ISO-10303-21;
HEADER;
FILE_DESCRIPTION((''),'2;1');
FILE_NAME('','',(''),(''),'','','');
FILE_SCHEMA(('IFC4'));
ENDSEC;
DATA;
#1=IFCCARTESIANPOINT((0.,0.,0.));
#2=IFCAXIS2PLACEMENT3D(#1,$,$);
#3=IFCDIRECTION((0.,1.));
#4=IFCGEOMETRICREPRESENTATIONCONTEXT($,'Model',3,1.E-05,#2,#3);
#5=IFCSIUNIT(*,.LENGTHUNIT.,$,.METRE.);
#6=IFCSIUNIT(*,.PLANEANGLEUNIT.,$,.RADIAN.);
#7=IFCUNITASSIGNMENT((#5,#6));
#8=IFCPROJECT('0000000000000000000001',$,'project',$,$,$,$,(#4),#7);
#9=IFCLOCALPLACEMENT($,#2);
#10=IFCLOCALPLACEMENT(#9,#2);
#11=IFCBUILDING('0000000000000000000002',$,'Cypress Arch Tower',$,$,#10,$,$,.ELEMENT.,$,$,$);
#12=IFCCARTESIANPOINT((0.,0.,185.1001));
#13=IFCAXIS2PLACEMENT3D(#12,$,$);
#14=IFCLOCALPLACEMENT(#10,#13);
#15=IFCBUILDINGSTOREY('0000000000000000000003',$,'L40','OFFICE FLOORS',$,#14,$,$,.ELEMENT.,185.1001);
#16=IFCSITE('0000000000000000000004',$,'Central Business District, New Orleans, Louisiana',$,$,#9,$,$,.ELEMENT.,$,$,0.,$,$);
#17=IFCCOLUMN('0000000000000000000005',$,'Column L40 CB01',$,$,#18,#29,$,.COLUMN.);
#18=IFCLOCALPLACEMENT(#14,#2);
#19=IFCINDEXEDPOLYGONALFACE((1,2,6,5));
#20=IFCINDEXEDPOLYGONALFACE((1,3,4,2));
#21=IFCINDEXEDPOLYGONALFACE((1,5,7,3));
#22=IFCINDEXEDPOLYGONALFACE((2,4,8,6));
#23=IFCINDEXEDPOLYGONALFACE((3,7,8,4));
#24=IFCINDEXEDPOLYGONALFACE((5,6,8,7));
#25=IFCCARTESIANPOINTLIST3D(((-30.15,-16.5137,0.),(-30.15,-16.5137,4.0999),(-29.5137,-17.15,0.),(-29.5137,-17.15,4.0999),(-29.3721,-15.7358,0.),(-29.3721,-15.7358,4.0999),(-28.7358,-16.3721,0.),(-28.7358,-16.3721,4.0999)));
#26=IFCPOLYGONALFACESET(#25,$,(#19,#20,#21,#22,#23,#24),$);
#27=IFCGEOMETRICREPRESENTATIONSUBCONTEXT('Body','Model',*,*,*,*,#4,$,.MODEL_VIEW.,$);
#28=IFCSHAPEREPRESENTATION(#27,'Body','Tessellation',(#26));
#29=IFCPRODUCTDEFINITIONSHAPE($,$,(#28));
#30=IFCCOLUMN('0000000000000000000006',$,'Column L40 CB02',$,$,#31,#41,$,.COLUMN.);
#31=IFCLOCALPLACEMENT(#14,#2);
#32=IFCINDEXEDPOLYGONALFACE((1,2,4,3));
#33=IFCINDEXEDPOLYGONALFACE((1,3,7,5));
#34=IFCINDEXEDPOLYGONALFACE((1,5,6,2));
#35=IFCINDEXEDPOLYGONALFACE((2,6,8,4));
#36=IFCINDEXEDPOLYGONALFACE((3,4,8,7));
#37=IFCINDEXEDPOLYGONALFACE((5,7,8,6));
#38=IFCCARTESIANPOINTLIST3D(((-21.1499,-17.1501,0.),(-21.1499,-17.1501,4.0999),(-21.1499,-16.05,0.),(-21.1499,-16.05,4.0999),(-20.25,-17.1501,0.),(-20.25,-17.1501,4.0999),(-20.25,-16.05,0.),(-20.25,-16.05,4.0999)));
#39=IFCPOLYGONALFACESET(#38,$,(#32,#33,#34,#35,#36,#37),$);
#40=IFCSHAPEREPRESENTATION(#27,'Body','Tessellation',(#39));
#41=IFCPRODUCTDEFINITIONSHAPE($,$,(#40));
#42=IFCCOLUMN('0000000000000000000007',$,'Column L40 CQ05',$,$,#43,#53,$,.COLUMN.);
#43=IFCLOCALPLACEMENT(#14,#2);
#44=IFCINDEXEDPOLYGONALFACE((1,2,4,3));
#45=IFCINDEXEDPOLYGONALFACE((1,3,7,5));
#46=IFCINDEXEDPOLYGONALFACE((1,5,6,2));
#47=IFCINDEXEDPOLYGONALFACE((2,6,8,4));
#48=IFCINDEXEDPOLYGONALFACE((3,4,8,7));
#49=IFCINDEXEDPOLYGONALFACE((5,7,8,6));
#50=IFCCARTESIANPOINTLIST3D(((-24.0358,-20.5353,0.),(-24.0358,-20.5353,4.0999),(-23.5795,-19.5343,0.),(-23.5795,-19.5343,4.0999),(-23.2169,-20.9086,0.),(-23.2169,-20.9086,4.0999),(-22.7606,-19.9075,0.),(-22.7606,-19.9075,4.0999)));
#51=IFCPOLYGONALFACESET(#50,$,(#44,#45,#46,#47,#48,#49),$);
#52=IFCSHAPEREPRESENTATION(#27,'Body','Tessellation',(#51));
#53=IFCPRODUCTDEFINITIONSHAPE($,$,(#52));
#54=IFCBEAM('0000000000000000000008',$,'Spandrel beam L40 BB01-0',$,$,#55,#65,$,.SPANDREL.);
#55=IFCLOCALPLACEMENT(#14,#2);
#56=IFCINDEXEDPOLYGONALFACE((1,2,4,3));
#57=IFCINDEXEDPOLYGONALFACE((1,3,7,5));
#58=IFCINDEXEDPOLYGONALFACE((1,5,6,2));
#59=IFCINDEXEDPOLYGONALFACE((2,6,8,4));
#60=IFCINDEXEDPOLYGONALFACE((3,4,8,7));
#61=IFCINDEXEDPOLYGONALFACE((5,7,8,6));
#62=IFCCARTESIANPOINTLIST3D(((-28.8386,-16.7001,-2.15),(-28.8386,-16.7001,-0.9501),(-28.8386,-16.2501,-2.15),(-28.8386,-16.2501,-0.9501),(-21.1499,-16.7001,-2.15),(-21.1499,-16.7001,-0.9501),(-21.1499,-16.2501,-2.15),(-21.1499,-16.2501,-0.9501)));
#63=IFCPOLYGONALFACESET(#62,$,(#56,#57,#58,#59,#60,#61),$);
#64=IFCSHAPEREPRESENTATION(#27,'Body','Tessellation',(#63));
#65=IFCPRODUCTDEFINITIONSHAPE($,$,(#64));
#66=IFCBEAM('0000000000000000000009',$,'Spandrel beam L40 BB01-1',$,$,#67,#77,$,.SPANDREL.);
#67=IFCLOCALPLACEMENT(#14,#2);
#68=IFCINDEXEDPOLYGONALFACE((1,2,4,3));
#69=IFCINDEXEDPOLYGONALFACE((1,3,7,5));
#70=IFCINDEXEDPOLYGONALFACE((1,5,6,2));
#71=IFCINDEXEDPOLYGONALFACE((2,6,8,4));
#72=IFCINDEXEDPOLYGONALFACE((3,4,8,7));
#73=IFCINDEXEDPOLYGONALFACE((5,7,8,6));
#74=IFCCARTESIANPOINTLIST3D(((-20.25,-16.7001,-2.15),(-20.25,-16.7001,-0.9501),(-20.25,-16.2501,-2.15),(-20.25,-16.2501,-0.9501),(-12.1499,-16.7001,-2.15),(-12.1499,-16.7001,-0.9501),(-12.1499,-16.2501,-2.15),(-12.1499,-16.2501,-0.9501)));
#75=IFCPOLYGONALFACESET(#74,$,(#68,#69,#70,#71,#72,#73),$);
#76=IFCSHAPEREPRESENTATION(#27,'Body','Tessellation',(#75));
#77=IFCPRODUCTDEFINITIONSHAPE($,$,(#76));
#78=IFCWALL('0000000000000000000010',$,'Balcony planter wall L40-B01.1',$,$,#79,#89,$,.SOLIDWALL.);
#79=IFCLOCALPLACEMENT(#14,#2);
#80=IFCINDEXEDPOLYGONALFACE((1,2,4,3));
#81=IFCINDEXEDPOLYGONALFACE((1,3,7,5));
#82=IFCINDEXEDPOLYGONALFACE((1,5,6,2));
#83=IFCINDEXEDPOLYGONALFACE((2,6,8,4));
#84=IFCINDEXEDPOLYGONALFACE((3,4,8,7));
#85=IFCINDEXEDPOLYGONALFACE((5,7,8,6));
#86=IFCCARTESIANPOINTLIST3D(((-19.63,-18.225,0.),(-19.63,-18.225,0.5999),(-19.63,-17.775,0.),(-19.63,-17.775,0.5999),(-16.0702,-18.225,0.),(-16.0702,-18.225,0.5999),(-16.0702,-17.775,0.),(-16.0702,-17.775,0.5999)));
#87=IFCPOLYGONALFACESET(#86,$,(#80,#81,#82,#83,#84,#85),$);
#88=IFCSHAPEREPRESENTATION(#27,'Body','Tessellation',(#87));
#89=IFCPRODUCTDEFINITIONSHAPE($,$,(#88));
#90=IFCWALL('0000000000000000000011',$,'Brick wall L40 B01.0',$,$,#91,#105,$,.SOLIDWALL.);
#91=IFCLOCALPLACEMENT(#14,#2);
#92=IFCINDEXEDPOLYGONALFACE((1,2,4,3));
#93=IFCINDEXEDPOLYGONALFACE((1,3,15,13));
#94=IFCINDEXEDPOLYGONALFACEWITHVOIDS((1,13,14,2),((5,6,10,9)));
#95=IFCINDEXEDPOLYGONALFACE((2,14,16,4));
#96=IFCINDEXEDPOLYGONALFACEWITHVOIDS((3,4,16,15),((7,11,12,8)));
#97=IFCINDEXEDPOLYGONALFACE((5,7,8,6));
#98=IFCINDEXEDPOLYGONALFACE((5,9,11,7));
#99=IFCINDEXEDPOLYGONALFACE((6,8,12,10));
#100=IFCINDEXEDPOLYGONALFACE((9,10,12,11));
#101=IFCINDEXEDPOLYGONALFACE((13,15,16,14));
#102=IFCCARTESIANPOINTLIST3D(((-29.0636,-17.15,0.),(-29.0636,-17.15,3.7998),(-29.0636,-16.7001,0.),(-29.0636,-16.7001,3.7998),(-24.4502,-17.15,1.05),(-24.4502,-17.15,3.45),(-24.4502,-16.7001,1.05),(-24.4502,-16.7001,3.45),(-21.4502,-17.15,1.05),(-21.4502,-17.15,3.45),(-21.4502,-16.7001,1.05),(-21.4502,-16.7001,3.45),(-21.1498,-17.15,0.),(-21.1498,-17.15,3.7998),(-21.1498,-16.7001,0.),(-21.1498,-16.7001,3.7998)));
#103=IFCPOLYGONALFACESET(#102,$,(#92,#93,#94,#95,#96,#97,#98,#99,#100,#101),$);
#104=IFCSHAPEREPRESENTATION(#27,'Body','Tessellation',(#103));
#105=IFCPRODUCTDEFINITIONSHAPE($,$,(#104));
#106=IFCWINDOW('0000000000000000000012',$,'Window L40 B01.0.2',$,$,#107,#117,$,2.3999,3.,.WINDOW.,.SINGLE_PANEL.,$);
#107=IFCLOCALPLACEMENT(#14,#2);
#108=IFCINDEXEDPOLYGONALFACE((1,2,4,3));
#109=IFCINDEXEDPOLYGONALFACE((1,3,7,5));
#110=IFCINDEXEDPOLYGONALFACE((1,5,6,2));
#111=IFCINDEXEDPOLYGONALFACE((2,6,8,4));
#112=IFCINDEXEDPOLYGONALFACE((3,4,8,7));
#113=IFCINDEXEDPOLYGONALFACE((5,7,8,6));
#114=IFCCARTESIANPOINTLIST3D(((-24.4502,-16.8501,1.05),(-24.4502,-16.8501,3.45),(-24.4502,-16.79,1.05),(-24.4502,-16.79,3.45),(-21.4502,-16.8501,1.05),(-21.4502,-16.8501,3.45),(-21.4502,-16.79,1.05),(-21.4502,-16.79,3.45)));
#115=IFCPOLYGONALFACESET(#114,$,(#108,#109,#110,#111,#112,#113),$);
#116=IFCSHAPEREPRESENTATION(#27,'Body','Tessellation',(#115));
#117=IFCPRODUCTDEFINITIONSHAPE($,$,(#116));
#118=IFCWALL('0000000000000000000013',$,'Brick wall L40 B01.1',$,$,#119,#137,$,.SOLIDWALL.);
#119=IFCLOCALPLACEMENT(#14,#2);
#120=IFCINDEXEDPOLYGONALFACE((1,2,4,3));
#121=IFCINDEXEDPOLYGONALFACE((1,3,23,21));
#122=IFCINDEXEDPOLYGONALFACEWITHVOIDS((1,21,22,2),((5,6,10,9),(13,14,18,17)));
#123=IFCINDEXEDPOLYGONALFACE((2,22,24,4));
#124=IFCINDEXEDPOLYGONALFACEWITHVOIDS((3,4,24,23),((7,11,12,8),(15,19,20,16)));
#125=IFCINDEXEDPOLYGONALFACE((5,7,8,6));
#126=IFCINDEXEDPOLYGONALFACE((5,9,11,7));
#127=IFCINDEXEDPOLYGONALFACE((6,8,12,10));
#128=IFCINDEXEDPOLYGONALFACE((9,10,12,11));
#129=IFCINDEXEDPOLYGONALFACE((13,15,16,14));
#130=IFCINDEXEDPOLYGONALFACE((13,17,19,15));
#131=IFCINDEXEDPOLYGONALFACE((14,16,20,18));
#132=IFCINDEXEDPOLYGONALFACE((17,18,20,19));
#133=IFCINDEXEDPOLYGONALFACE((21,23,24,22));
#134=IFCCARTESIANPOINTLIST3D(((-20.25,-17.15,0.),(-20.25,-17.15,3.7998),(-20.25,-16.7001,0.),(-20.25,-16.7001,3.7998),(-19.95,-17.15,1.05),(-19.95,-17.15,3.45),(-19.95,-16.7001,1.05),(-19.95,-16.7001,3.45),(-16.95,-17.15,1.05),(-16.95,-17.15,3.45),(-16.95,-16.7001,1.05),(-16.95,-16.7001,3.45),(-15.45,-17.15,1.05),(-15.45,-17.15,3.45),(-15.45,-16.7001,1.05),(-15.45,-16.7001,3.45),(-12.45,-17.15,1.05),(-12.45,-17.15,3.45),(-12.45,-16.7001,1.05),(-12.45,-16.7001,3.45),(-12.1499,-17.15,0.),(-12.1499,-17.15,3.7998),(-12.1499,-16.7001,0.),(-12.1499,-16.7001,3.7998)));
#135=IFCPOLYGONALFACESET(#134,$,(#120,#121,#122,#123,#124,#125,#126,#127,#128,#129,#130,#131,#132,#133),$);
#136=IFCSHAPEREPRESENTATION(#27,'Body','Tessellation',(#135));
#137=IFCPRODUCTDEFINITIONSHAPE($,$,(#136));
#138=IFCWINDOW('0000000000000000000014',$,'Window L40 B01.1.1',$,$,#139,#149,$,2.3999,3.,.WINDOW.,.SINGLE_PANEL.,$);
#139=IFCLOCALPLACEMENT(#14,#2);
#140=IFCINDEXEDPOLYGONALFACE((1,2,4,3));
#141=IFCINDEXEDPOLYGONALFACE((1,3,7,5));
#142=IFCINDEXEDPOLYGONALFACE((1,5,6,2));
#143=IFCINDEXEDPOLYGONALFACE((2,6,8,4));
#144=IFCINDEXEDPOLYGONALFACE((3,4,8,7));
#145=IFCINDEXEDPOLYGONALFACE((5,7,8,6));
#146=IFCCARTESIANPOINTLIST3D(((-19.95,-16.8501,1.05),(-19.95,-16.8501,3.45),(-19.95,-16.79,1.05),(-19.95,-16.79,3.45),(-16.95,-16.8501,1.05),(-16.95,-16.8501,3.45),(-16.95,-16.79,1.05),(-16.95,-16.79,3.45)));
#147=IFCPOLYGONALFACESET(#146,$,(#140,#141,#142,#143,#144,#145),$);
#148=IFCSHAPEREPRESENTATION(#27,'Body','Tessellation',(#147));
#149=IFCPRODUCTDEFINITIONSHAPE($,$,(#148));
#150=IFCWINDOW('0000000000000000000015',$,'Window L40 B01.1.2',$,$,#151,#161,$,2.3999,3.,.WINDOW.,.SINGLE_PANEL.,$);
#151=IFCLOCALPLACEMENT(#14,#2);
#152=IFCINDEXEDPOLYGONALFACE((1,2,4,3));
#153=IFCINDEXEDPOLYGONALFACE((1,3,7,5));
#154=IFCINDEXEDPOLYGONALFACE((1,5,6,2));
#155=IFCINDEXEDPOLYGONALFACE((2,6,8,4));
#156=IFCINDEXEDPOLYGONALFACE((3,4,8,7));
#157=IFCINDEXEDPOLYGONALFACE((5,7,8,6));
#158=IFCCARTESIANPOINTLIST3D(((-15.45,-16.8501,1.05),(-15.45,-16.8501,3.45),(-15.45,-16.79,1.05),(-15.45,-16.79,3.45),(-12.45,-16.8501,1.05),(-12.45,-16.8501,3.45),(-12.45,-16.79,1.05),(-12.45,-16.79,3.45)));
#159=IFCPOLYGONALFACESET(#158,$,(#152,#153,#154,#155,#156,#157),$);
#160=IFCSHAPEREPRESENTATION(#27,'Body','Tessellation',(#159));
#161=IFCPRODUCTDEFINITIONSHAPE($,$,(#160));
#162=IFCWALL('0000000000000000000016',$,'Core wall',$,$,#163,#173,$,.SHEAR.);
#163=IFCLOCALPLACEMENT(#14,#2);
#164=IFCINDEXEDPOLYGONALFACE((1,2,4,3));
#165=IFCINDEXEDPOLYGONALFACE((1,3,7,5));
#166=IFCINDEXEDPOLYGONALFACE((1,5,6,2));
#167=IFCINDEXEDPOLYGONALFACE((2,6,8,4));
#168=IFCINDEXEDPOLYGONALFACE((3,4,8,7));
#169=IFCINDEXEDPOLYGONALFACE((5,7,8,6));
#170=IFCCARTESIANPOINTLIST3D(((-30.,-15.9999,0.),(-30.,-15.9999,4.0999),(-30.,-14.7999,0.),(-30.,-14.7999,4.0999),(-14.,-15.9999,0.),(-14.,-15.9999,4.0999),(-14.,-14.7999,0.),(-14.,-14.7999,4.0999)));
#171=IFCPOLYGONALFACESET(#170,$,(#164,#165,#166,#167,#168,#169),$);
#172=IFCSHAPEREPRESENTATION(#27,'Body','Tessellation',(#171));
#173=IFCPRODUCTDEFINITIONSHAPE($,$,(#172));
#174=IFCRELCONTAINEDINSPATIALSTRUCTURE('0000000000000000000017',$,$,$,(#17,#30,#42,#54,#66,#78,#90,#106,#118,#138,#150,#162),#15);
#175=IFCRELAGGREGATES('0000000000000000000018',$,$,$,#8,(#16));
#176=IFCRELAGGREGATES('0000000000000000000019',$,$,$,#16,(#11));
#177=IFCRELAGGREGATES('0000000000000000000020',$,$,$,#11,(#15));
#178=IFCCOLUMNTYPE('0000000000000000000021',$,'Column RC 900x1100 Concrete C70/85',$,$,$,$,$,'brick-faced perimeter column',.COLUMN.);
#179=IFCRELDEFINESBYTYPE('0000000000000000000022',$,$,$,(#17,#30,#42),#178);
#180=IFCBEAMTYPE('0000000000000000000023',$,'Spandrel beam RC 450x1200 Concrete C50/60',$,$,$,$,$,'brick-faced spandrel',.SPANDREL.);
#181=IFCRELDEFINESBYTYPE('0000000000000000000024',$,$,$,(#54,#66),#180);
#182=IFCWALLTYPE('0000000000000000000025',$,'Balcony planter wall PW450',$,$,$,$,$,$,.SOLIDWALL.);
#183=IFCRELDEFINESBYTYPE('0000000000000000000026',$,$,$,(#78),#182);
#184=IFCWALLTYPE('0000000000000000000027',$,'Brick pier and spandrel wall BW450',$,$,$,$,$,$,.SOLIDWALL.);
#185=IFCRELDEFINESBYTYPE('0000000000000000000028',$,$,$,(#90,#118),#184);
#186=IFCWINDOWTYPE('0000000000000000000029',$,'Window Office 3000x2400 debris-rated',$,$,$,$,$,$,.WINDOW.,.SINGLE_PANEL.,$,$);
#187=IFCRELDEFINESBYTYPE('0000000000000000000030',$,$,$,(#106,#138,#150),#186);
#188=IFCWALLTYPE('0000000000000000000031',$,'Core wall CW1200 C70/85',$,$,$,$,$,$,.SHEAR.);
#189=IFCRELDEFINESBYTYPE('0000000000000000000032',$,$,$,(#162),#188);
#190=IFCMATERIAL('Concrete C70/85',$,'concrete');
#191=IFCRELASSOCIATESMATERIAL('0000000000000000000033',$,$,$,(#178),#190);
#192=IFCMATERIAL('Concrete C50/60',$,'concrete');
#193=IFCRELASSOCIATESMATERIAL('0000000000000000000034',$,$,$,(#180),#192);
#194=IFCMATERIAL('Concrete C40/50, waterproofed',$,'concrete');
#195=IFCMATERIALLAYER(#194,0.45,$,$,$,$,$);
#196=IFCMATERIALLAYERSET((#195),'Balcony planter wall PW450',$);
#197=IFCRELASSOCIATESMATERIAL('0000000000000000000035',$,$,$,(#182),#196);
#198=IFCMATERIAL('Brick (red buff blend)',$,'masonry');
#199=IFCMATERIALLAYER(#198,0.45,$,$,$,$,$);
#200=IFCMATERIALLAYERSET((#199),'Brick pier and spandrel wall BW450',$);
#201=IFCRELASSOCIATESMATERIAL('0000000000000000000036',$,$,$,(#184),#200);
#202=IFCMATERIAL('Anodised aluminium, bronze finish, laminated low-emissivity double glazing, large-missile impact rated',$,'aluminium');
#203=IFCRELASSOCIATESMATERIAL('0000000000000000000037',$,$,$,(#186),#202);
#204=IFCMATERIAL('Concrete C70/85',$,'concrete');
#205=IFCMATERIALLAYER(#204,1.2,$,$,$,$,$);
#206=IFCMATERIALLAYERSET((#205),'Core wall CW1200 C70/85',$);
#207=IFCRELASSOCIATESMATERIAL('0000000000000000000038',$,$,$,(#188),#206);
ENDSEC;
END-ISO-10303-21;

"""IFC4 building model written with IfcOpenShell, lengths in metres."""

from ifc_helpers import new_model, si_unit, direction, frame, frame_2d, origin, origin_2d, place, context, subcontext, project, spatial, rectangle, extrude, material, layer, layer_set, material_profile, profile_set, type_object, element, fill, save


model = new_model("IFC4")

# Units and contexts
model_context = context("Model", 3, precision=1e-05, world=origin(), true_north=direction((0.0, 1.0)))
body_context = subcontext(model_context, "Body", "Model", "MODEL_VIEW")
ifc_project = project(units=[si_unit("LENGTHUNIT", "METRE"), si_unit("PLANEANGLEUNIT", "RADIAN")], contexts=[model_context])

# Site, building, storey
site_placement = place(None, origin())
site = spatial("IfcSite", under=ifc_project, at=site_placement, Name="Central Business District, New Orleans, Louisiana", CompositionType="ELEMENT", RefElevation=0.0)
building_placement = place(site_placement, origin())
building = spatial("IfcBuilding", under=site, at=building_placement, Name="Cypress Arch Tower", CompositionType="ELEMENT")
storey_placement = place(building_placement, frame((0.0, 0.0, 185.1001)))
storey = spatial("IfcBuildingStorey", under=building, at=storey_placement, Name="L40", Description="OFFICE FLOORS", CompositionType="ELEMENT", Elevation=185.1001)

# Columns
ifc_material_1 = material(Name="Concrete C70/85", Category="concrete")
ifc_material_profile_1 = material_profile(ifc_material_1, rectangle(XDim=0.8999, YDim=1.1001, at=origin_2d()), Name="RC 900x1100")
ifc_profile_set_1 = profile_set([ifc_material_profile_1], Name="Concrete C70/85")
column_type = type_object("IfcColumnType", Name="Column RC 900x1100 Concrete C70/85", ElementType="brick-faced perimeter column", PredefinedType="COLUMN", material=ifc_profile_set_1)
for number, where, z_axis, x_axis, name in (
    (1, (-29.4429, -16.4429, 0.0), (0.0, 0.0, 1.0), (0.707107, -0.707107, 0.0), "Column L40 CB01"),
    (2, (-20.7, -16.6001, 0.0), (0.0, 0.0, 1.0), (1.0, 0.0, 0.0), "Column L40 CB02"),
    (3, (-23.3982, -20.2214, 0.0), (0.0, 0.0, 1.0), (0.909932, -0.414757, 0.0), "Column L40 CQ05"),
):
    element("IfcColumn", number, at=place(storey_placement, frame(where, z_axis=z_axis, x_axis=x_axis)), inside=storey, type_object=column_type, Name=name, PredefinedType="COLUMN", context=body_context, shape_type="SweptSolid", body=[
        extrude(rectangle(XDim=0.8999, YDim=1.1001, at=origin_2d()), origin(), (0.0, 0.0, 1.0), 4.0999),
    ])

# Beams
ifc_material_2 = material(Name="Concrete C50/60", Category="concrete")
ifc_material_profile_2 = material_profile(ifc_material_2, rectangle(XDim=0.45, YDim=1.2, at=origin_2d()), Name="RC 450x1200")
ifc_profile_set_2 = profile_set([ifc_material_profile_2], Name="Concrete C50/60")
beam_type = type_object("IfcBeamType", Name="Spandrel beam RC 450x1200 Concrete C50/60", ElementType="brick-faced spandrel", PredefinedType="SPANDREL", material=ifc_profile_set_2)
beam_1_placement = place(storey_placement, frame((-28.8386, -16.4751, -1.55), z_axis=(1.0, 0.0, 0.0), x_axis=(0.0, 1.0, 0.0)))
element("IfcBeam", 4, at=beam_1_placement, inside=storey, type_object=beam_type, Name="Spandrel beam L40 BB01-0", PredefinedType="SPANDREL", context=body_context, shape_type="SweptSolid", body=[
    extrude(rectangle(XDim=0.45, YDim=1.2, at=origin_2d()), origin(), (0.0, 0.0, 1.0), 7.6887),
])
beam_2_placement = place(storey_placement, frame((-20.25, -16.4751, -1.55), z_axis=(1.0, 0.0, 0.0), x_axis=(0.0, 1.0, 0.0)))
element("IfcBeam", 5, at=beam_2_placement, inside=storey, type_object=beam_type, Name="Spandrel beam L40 BB01-1", PredefinedType="SPANDREL", context=body_context, shape_type="SweptSolid", body=[
    extrude(rectangle(XDim=0.45, YDim=1.2, at=origin_2d()), origin(), (0.0, 0.0, 1.0), 8.1001),
])

# Wall
ifc_material_3 = material(Name="Concrete C40/50, waterproofed", Category="concrete")
ifc_layer_1 = layer(ifc_material_3, 0.45)
ifc_layer_set_1 = layer_set([ifc_layer_1], Name="Balcony planter wall PW450")
wall_type_1 = type_object("IfcWallType", Name="Balcony planter wall PW450", PredefinedType="SOLIDWALL", material=ifc_layer_set_1)
wall_1_placement = place(storey_placement, frame((-19.6299, -18.0, 0.0), z_axis=(0.0, 0.0, 1.0), x_axis=(1.0, 0.0, 0.0)))
element("IfcWall", 6, at=wall_1_placement, inside=storey, type_object=wall_type_1, Name="Balcony planter wall L40-B01.1", PredefinedType="SOLIDWALL", context=body_context, shape_type="SweptSolid", body=[
    extrude(rectangle(XDim=3.5598, YDim=0.45, at=frame_2d((1.7798, 0.0))), origin(), (0.0, 0.0, 1.0), 0.5999),
])

# Wall, opening, window
ifc_material_4 = material(Name="Brick (red buff blend)", Category="masonry")
ifc_layer_2 = layer(ifc_material_4, 0.45)
ifc_layer_set_2 = layer_set([ifc_layer_2], Name="Brick pier and spandrel wall BW450")
wall_type_2 = type_object("IfcWallType", Name="Brick pier and spandrel wall BW450", PredefinedType="SOLIDWALL", material=ifc_layer_set_2)
wall_2_placement = place(storey_placement, frame((-29.0637, -16.925, 0.0), z_axis=(0.0, 0.0, 1.0), x_axis=(1.0, 0.0, 0.0)))
wall_2 = element("IfcWall", 7, at=wall_2_placement, inside=storey, type_object=wall_type_2, Name="Brick wall L40 B01.0", PredefinedType="SOLIDWALL", context=body_context, shape_type="SweptSolid", body=[
    extrude(rectangle(XDim=7.9138, YDim=0.45, at=frame_2d((3.957, 0.0))), origin(), (0.0, 0.0, 1.0), 3.7998),
])
opening_1_placement = place(wall_2_placement, frame((4.6135, 0.0, 1.05)))
opening_1 = element("IfcOpeningElement", 8, at=opening_1_placement, cuts=wall_2, PredefinedType="OPENING", context=body_context, shape_type="SweptSolid", body=[
    extrude(rectangle(XDim=3.0, YDim=2.3999, at=frame_2d((1.5, 1.2))), frame((0.0, 0.2349, 0.0), z_axis=(0.0, -1.0, 0.0), x_axis=(1.0, 0.0, 0.0)), (0.0, 0.0, 1.0), 0.47),
])
ifc_material_5 = material(Name="Anodised aluminium, bronze finish, laminated low-emissivity double glazing, large-missile impact rated", Category="aluminium")
window_type = type_object("IfcWindowType", Name="Window Office 3000x2400 debris-rated", PartitioningType="SINGLE_PANEL", PredefinedType="WINDOW", material=ifc_material_5)
window_1_placement = place(opening_1_placement, origin())
window_1 = element("IfcWindow", 9, at=window_1_placement, inside=storey, type_object=window_type, Name="Window L40 B01.0.2", OverallHeight=2.3999, OverallWidth=3.0, PartitioningType="SINGLE_PANEL", PredefinedType="WINDOW", context=body_context, shape_type="SweptSolid", body=[
    extrude(rectangle(XDim=3.0, YDim=2.3999, at=frame_2d((1.5, 1.2))), frame((0.0, 0.135, 0.0), z_axis=(0.0, -1.0, 0.0), x_axis=(1.0, 0.0, 0.0)), (0.0, 0.0, 1.0), 0.0601),
])
fill(opening_1, window_1)

# Wall, openings, windows
wall_3_placement = place(storey_placement, frame((-20.25, -16.925, 0.0), z_axis=(0.0, 0.0, 1.0), x_axis=(1.0, 0.0, 0.0)))
wall_3 = element("IfcWall", 10, at=wall_3_placement, inside=storey, type_object=wall_type_2, Name="Brick wall L40 B01.1", PredefinedType="SOLIDWALL", context=body_context, shape_type="SweptSolid", body=[
    extrude(rectangle(XDim=8.1001, YDim=0.45, at=frame_2d((4.05, 0.0))), origin(), (0.0, 0.0, 1.0), 3.7998),
])
opening_2_placement = place(wall_3_placement, frame((0.3, 0.0, 1.05)))
opening_2 = element("IfcOpeningElement", 11, at=opening_2_placement, cuts=wall_3, PredefinedType="OPENING", context=body_context, shape_type="SweptSolid", body=[
    extrude(rectangle(XDim=3.0, YDim=2.3999, at=frame_2d((1.5, 1.2))), frame((0.0, 0.2349, 0.0), z_axis=(0.0, -1.0, 0.0), x_axis=(1.0, 0.0, 0.0)), (0.0, 0.0, 1.0), 0.47),
])
opening_3_placement = place(wall_3_placement, frame((4.8, 0.0, 1.05)))
opening_3 = element("IfcOpeningElement", 12, at=opening_3_placement, cuts=wall_3, PredefinedType="OPENING", context=body_context, shape_type="SweptSolid", body=[
    extrude(rectangle(XDim=3.0, YDim=2.3999, at=frame_2d((1.5, 1.2))), frame((0.0, 0.2349, 0.0), z_axis=(0.0, -1.0, 0.0), x_axis=(1.0, 0.0, 0.0)), (0.0, 0.0, 1.0), 0.47),
])
window_2_placement = place(opening_2_placement, origin())
window_2 = element("IfcWindow", 13, at=window_2_placement, inside=storey, type_object=window_type, Name="Window L40 B01.1.1", OverallHeight=2.3999, OverallWidth=3.0, PartitioningType="SINGLE_PANEL", PredefinedType="WINDOW", context=body_context, shape_type="SweptSolid", body=[
    extrude(rectangle(XDim=3.0, YDim=2.3999, at=frame_2d((1.5, 1.2))), frame((0.0, 0.135, 0.0), z_axis=(0.0, -1.0, 0.0), x_axis=(1.0, 0.0, 0.0)), (0.0, 0.0, 1.0), 0.0601),
])
fill(opening_2, window_2)
window_3_placement = place(opening_3_placement, origin())
window_3 = element("IfcWindow", 14, at=window_3_placement, inside=storey, type_object=window_type, Name="Window L40 B01.1.2", OverallHeight=2.3999, OverallWidth=3.0, PartitioningType="SINGLE_PANEL", PredefinedType="WINDOW", context=body_context, shape_type="SweptSolid", body=[
    extrude(rectangle(XDim=3.0, YDim=2.3999, at=frame_2d((1.5, 1.2))), frame((0.0, 0.135, 0.0), z_axis=(0.0, -1.0, 0.0), x_axis=(1.0, 0.0, 0.0)), (0.0, 0.0, 1.0), 0.0601),
])
fill(opening_3, window_3)

# Wall
ifc_material_6 = material(Name="Concrete C70/85", Category="concrete")
ifc_layer_3 = layer(ifc_material_6, 1.2)
ifc_layer_set_3 = layer_set([ifc_layer_3], Name="Core wall CW1200 C70/85")
wall_type_3 = type_object("IfcWallType", Name="Core wall CW1200 C70/85", PredefinedType="SHEAR", material=ifc_layer_set_3)
wall_4_placement = place(storey_placement, frame((-30.0, -15.3999, 0.0), z_axis=(0.0, 0.0, 1.0), x_axis=(1.0, 0.0, 0.0)))
element("IfcWall", 15, at=wall_4_placement, inside=storey, type_object=wall_type_3, Name="Core wall", PredefinedType="SHEAR", context=body_context, shape_type="SweptSolid", body=[
    extrude(rectangle(XDim=16.0, YDim=1.2, at=frame_2d((8.0, 0.0))), origin(), (0.0, 0.0, 1.0), 4.0999),
])

save(model, "model.ifc")
